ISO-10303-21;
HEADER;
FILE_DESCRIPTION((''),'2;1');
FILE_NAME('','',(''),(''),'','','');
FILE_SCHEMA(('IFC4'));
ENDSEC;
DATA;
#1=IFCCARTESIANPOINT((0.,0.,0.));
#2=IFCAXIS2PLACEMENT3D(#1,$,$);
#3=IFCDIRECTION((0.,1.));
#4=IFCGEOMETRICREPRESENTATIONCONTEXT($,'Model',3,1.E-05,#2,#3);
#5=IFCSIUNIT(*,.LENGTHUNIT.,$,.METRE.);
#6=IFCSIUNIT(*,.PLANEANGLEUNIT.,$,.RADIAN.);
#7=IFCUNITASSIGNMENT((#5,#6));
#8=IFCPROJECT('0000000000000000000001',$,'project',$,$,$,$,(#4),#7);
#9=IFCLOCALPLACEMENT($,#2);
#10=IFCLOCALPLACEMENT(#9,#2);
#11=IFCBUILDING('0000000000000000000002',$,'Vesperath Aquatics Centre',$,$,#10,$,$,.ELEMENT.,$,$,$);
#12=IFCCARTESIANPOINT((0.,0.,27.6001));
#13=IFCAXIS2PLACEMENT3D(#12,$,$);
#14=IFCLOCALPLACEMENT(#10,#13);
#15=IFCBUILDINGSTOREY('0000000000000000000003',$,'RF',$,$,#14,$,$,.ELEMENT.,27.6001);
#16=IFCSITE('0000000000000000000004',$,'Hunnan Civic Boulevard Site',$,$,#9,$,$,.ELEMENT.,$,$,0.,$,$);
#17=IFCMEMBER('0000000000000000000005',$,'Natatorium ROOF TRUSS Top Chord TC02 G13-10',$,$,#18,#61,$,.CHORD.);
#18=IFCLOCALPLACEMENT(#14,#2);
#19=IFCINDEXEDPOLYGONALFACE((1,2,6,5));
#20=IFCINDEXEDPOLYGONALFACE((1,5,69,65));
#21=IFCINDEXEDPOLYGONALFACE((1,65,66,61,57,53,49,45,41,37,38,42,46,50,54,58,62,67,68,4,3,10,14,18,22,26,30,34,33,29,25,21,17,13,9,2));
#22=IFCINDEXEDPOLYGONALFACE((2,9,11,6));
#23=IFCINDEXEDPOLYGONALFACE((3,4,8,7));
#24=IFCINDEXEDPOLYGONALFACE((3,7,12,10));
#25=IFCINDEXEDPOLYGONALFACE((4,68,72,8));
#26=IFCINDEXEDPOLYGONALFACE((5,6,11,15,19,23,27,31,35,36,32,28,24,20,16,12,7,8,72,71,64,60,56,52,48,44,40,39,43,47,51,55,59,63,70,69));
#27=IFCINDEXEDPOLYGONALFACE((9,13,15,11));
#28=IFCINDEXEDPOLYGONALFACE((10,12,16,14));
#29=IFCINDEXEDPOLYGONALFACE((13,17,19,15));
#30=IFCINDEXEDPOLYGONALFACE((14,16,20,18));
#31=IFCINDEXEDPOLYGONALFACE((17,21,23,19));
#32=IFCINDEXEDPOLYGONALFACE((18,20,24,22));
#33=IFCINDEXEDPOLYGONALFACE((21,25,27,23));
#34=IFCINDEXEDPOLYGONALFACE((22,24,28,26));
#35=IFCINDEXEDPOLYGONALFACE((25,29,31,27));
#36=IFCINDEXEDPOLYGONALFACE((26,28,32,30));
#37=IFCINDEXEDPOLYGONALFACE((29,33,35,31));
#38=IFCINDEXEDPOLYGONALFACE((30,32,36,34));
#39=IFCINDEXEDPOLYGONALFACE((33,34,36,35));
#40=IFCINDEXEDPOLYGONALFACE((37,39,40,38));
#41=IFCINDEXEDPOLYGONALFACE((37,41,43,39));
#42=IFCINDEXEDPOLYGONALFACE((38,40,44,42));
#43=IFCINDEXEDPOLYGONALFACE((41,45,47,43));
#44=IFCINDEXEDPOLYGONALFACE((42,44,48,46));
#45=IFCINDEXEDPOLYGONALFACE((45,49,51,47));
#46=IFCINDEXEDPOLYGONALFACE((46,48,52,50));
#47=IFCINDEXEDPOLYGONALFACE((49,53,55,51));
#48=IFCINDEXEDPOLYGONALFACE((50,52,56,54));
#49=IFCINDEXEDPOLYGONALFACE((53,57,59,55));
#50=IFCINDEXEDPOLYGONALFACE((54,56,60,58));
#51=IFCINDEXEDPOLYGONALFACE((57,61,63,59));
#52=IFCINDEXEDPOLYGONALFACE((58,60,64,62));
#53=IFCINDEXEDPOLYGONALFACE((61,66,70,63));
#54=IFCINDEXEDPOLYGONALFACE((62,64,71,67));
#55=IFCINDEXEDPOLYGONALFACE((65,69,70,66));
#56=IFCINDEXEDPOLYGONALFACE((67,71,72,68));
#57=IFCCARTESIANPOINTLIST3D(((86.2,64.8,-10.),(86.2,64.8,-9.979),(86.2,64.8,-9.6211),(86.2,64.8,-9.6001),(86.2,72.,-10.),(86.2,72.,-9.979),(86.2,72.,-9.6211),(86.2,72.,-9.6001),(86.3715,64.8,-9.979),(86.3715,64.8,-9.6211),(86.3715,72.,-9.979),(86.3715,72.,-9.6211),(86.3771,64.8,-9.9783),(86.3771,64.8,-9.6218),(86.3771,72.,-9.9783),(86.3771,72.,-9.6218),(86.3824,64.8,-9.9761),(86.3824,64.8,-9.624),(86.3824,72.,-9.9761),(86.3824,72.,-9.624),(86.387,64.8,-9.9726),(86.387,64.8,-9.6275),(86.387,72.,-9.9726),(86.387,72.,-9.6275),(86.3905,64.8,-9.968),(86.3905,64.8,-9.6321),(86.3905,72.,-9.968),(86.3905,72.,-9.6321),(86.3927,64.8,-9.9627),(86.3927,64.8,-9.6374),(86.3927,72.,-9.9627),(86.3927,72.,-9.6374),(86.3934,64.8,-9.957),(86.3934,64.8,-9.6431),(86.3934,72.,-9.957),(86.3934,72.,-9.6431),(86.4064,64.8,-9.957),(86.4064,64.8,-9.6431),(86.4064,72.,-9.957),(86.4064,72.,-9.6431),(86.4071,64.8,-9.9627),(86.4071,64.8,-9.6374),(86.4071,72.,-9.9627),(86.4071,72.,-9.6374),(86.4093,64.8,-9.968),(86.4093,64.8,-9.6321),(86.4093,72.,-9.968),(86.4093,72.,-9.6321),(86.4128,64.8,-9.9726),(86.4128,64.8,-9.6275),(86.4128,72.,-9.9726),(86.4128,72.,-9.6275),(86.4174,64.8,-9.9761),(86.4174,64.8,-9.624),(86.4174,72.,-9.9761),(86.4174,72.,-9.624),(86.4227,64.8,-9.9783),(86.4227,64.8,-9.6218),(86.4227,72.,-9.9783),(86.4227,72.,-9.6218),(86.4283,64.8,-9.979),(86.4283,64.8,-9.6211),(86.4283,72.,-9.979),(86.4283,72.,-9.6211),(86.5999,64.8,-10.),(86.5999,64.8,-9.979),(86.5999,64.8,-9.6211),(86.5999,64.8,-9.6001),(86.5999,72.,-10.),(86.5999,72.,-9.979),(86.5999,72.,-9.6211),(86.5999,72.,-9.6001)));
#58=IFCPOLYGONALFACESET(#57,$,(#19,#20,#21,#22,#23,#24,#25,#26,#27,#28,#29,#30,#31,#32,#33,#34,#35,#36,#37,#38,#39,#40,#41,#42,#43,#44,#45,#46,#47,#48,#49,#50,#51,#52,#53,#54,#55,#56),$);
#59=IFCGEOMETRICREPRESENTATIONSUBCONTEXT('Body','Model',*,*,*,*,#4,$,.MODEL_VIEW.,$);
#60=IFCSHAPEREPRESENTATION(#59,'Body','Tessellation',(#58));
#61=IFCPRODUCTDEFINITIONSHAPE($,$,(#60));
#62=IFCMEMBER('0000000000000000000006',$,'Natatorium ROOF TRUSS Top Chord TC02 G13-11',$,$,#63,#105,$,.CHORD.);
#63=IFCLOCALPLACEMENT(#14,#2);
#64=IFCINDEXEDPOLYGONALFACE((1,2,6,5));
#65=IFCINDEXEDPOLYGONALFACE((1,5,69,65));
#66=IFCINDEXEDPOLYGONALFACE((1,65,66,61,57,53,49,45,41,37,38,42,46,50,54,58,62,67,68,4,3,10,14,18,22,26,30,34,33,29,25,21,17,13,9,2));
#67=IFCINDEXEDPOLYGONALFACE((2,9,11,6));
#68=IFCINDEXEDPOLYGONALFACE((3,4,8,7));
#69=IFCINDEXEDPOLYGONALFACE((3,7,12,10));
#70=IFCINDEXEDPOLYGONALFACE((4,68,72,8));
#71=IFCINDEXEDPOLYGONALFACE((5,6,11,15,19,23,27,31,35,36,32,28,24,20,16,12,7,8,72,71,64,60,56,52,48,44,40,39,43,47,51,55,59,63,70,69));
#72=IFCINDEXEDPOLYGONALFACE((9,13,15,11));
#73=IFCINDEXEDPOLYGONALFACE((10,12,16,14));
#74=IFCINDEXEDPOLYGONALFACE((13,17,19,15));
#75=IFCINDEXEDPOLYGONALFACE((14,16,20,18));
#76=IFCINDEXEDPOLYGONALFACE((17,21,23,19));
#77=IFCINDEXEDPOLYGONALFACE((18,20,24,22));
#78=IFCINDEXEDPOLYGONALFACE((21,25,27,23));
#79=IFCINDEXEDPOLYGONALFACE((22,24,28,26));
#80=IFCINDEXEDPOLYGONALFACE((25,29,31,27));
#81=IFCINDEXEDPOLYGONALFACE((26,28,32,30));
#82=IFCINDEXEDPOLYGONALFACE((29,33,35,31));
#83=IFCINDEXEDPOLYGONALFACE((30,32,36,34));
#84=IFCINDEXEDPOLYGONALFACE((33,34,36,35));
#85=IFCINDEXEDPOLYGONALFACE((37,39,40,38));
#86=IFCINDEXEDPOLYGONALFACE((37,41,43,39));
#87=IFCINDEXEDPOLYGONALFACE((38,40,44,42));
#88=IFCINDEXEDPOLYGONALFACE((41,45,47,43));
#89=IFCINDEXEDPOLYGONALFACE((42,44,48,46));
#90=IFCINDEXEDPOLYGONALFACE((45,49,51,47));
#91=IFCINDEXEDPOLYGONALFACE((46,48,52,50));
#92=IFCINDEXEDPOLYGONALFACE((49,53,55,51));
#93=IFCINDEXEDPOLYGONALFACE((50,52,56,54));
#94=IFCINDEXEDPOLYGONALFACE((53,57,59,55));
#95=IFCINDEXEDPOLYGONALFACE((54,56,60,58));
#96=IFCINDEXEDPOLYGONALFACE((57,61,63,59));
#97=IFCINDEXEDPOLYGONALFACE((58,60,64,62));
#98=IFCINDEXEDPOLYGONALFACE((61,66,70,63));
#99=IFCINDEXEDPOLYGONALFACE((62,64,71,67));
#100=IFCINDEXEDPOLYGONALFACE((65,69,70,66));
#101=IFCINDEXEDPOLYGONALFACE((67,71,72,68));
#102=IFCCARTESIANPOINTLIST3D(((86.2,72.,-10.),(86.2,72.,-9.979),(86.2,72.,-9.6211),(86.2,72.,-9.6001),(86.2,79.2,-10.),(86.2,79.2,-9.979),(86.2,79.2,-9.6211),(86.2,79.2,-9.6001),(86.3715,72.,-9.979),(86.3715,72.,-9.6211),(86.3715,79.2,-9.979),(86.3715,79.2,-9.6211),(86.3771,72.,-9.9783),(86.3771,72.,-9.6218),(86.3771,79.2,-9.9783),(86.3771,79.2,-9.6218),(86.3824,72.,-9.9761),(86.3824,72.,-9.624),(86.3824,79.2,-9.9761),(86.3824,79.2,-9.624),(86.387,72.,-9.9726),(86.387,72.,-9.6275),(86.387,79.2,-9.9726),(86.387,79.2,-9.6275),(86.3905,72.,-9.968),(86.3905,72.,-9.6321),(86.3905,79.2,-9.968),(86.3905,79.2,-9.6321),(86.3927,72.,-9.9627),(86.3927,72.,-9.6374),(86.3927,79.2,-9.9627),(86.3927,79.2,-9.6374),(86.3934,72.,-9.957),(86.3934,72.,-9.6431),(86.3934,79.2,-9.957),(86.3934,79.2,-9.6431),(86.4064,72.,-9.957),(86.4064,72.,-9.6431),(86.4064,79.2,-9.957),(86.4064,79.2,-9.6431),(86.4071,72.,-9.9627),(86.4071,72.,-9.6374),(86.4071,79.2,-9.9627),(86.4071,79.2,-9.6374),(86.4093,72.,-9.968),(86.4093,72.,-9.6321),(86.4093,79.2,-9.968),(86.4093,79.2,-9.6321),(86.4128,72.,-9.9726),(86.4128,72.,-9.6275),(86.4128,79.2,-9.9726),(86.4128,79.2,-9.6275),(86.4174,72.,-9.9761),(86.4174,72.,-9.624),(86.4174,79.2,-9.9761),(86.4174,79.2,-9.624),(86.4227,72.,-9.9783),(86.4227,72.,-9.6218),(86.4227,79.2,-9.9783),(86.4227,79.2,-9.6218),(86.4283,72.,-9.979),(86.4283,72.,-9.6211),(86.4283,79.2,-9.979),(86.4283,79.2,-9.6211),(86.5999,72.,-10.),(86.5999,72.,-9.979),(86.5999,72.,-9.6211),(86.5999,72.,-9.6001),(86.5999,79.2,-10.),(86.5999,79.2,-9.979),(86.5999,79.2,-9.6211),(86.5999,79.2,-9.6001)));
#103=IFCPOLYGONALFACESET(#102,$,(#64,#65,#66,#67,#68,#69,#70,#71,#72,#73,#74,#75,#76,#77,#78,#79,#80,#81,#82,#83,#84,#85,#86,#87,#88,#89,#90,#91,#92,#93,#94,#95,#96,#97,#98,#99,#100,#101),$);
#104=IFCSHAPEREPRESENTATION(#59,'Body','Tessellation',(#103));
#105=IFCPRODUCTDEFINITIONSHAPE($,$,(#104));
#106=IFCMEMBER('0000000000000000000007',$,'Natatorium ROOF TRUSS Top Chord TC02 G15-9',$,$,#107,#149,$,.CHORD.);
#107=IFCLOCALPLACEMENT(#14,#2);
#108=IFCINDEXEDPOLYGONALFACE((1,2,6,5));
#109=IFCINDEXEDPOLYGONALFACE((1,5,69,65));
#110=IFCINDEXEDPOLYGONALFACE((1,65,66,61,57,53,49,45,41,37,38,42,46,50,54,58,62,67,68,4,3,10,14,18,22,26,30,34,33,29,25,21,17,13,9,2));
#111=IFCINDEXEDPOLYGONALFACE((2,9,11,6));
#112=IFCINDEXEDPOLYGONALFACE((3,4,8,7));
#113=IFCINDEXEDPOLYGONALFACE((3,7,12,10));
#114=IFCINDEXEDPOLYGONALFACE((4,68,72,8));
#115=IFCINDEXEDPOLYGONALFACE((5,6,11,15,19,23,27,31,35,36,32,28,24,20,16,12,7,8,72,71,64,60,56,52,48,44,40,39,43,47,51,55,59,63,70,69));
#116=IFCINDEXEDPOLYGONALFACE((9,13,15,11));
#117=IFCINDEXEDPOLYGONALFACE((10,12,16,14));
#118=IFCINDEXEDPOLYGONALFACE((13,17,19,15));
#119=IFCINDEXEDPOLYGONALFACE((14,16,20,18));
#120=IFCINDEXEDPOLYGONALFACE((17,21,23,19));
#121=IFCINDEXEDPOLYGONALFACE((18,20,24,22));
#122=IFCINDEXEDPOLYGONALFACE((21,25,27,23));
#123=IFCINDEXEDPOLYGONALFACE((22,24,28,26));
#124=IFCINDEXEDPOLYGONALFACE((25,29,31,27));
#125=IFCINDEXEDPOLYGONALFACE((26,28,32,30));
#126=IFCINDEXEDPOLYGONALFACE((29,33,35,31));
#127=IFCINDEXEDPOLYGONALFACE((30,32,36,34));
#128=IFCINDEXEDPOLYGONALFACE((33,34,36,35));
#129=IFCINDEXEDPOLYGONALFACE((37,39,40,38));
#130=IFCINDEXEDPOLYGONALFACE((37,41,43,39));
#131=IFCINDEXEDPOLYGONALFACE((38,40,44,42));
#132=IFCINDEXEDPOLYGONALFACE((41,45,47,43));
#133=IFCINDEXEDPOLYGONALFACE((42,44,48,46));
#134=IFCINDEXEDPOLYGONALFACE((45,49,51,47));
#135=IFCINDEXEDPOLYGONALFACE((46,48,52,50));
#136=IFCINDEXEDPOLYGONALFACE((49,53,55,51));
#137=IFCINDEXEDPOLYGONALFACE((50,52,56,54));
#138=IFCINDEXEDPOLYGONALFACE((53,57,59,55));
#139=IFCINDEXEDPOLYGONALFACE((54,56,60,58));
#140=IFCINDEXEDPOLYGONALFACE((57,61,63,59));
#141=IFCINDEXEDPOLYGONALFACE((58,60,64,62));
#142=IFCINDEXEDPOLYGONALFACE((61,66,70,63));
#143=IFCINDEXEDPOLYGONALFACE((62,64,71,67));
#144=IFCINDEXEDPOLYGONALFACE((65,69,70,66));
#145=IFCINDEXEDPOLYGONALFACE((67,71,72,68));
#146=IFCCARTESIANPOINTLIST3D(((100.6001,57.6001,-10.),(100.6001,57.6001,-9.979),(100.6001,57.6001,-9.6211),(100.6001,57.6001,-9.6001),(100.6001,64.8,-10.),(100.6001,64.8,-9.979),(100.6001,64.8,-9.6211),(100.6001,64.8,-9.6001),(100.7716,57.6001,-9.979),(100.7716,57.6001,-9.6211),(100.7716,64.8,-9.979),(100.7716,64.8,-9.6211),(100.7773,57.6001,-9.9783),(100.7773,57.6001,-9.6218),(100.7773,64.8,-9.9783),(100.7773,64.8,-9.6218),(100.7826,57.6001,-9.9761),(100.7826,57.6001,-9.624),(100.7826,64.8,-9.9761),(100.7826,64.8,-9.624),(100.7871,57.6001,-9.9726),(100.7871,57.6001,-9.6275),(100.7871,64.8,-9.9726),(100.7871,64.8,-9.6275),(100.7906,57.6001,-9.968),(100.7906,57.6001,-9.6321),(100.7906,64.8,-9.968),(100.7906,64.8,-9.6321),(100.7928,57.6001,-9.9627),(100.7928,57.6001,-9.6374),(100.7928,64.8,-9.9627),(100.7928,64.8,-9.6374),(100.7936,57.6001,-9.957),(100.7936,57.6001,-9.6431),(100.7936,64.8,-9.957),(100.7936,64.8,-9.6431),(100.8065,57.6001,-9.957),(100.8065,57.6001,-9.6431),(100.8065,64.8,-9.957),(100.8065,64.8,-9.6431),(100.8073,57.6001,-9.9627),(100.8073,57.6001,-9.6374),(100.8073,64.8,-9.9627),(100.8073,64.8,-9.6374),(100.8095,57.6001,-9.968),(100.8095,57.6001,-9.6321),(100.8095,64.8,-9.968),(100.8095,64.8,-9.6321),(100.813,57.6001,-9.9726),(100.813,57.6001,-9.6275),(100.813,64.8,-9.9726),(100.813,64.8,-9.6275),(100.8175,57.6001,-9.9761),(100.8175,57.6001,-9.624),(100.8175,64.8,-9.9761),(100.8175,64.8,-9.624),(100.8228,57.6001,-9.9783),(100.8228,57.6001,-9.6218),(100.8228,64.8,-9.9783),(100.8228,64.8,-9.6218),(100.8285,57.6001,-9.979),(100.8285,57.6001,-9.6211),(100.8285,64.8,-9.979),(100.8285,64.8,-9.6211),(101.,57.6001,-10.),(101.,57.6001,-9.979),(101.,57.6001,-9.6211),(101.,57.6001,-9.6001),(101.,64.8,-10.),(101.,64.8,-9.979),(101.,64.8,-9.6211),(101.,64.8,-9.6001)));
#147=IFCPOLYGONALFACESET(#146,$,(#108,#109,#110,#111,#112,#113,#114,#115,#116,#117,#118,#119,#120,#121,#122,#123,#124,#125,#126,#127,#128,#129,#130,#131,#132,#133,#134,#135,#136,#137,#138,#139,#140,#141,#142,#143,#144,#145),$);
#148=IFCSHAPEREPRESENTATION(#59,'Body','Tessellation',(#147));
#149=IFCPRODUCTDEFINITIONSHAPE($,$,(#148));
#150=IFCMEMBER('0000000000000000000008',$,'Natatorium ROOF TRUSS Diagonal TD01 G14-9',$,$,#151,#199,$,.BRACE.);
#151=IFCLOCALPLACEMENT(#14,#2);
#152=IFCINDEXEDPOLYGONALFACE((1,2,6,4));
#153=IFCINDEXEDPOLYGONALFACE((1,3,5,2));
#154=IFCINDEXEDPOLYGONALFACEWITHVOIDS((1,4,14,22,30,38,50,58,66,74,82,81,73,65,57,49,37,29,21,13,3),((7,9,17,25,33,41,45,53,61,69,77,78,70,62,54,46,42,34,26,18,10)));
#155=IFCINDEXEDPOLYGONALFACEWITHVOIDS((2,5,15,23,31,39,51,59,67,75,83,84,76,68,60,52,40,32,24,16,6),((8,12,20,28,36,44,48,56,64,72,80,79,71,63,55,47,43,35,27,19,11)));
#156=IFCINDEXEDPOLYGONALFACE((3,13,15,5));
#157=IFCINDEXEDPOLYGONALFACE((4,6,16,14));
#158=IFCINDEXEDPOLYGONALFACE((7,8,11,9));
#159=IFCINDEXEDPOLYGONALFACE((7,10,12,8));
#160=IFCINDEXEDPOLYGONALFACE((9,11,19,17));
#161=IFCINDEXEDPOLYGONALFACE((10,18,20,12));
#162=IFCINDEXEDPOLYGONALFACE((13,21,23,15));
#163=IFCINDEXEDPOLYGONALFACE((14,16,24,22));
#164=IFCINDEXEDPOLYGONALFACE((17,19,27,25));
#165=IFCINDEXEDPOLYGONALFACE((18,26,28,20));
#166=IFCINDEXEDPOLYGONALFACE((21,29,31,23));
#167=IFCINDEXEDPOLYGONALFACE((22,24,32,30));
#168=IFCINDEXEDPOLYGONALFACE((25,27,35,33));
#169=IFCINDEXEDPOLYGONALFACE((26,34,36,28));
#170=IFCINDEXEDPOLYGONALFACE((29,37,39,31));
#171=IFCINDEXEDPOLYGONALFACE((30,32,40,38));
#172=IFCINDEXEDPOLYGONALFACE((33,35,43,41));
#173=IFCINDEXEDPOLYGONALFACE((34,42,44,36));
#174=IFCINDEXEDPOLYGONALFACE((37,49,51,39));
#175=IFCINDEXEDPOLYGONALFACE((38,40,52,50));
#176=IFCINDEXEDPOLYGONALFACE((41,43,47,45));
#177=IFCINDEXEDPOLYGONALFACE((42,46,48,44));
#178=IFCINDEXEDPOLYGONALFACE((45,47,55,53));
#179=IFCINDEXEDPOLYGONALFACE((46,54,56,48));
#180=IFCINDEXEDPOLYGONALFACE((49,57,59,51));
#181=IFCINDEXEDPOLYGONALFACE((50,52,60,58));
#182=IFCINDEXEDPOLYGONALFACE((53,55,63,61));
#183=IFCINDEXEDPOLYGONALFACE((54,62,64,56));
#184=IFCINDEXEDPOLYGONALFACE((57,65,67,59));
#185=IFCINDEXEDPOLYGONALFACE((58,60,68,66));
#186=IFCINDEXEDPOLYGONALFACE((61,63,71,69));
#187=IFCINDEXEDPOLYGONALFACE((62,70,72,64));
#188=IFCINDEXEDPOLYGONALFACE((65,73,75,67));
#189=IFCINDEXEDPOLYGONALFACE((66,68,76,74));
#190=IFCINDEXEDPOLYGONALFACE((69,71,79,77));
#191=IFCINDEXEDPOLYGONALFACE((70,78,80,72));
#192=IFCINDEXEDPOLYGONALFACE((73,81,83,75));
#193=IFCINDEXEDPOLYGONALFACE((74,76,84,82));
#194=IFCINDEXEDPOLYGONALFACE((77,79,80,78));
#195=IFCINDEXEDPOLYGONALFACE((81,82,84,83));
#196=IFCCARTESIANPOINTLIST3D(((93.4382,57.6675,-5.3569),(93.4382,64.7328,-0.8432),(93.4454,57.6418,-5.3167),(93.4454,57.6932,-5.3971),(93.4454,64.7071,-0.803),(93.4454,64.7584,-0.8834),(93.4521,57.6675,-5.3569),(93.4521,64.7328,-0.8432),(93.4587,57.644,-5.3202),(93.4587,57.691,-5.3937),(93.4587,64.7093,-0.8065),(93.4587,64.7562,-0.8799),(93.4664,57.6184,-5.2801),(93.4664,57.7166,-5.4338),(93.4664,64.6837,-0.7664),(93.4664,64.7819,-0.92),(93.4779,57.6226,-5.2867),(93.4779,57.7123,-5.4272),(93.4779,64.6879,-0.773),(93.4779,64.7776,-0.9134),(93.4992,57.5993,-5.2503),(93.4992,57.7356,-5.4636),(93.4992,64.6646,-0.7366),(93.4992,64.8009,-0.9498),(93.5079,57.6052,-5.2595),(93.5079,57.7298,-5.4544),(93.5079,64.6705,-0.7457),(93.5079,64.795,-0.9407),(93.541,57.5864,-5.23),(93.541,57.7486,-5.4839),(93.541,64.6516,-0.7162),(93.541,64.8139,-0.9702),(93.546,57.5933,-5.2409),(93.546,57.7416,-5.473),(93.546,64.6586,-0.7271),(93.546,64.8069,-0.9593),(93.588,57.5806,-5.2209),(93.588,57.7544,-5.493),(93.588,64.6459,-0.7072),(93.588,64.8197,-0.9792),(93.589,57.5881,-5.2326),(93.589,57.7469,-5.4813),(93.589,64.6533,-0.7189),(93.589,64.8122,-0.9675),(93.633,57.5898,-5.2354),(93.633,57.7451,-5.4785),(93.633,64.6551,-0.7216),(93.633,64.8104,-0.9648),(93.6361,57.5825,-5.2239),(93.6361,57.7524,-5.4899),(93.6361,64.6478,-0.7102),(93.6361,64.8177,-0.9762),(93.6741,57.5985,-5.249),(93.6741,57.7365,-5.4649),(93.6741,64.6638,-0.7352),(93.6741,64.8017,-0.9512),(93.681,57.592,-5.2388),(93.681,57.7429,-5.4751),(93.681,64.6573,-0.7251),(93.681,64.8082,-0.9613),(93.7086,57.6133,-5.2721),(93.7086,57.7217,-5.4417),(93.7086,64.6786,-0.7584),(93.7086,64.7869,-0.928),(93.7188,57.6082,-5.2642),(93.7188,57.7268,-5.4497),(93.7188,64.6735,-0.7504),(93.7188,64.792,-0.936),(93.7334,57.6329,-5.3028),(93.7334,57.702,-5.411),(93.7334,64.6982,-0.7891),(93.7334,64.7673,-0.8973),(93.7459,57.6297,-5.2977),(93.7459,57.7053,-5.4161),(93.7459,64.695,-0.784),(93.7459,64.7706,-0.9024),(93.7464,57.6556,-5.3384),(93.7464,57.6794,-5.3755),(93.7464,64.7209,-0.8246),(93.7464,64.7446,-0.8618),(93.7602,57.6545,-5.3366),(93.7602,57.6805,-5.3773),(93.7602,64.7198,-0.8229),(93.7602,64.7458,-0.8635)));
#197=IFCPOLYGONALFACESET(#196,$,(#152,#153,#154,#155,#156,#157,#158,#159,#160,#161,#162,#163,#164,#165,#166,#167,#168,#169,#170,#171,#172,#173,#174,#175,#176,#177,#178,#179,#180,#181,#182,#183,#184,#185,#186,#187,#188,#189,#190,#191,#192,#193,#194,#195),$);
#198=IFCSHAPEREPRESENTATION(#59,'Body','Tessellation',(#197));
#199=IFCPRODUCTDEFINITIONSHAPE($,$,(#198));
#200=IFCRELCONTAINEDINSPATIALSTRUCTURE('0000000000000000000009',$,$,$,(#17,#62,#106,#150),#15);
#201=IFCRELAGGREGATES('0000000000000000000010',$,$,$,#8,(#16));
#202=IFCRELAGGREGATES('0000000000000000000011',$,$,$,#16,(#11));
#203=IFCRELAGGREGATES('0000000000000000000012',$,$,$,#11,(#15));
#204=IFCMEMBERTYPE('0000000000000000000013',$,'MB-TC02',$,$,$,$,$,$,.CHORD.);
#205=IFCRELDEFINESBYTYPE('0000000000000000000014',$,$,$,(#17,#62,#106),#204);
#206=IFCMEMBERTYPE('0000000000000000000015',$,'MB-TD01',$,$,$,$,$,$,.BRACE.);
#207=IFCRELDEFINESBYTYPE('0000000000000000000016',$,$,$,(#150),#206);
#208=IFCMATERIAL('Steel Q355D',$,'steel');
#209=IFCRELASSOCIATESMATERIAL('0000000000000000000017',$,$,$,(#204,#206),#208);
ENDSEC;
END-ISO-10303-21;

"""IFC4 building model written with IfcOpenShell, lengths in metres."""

from ifc_helpers import new_model, si_unit, direction, frame, origin, origin_2d, place, context, subcontext, project, spatial, hollow_circle, i_section, extrude, material, material_profile, profile_set, type_object, element, save


model = new_model("IFC4")

# Units and contexts
model_context = context("Model", 3, precision=1e-05, world=origin(), true_north=direction((0.0, 1.0)))
body_context = subcontext(model_context, "Body", "Model", "MODEL_VIEW")
ifc_project = project(units=[si_unit("LENGTHUNIT", "METRE"), si_unit("PLANEANGLEUNIT", "RADIAN")], contexts=[model_context])

# Site, building, storey
site_placement = place(None, origin())
site = spatial("IfcSite", under=ifc_project, at=site_placement, Name="Hunnan Civic Boulevard Site", CompositionType="ELEMENT", RefElevation=0.0)
building_placement = place(site_placement, origin())
building = spatial("IfcBuilding", under=site, at=building_placement, Name="Vesperath Aquatics Centre", CompositionType="ELEMENT")
storey_placement = place(building_placement, frame((0.0, 0.0, 27.6001)))
storey = spatial("IfcBuildingStorey", under=building, at=storey_placement, Name="RF", CompositionType="ELEMENT", Elevation=27.6001)

# Shared definitions
ifc_material_1 = material(Name="Steel Q355D", Category="steel")

# Members
ifc_material_profile_1 = material_profile(ifc_material_1, i_section(OverallWidth=0.3999, OverallDepth=0.3999, WebThickness=0.0129, FlangeThickness=0.021, FilletRadius=0.022, at=origin_2d()), Name="HW 400x400x13x21")
ifc_profile_set_1 = profile_set([ifc_material_profile_1], Name="Steel Q355D")
member_type_1 = type_object("IfcMemberType", Name="MB-TC02", PredefinedType="CHORD", material=ifc_profile_set_1)
for number, where, z_axis, x_axis, name in (
    (1, (86.3999, 64.8, -9.8), (0.0, 1.0, 0.0), (-1.0, 0.0, 0.0), "Natatorium ROOF TRUSS Top Chord TC02 G13-10"),
    (2, (86.3999, 72.0, -9.8), (0.0, 1.0, 0.0), (-1.0, 0.0, 0.0), "Natatorium ROOF TRUSS Top Chord TC02 G13-11"),
    (3, (100.8, 57.6001, -9.8), (0.0, 1.0, 0.0), (-1.0, 0.0, 0.0), "Natatorium ROOF TRUSS Top Chord TC02 G15-9"),
):
    element("IfcMember", number, at=place(storey_placement, frame(where, z_axis=z_axis, x_axis=x_axis)), inside=storey, type_object=member_type_1, Name=name, PredefinedType="CHORD", context=body_context, shape_type="SweptSolid", body=[
        extrude(i_section(OverallWidth=0.3999, OverallDepth=0.3999, WebThickness=0.0129, FlangeThickness=0.021, FilletRadius=0.022, at=origin_2d()), origin(), (0.0, 0.0, 1.0), 7.2),
    ])
ifc_material_profile_2 = material_profile(ifc_material_1, hollow_circle(Radius=0.1619, WallThickness=0.0139, at=origin_2d()), Name="CHS 323.9x14")
ifc_profile_set_2 = profile_set([ifc_material_profile_2], Name="Steel Q355D")
member_type_2 = type_object("IfcMemberType", Name="MB-TD01", PredefinedType="BRACE", material=ifc_profile_set_2)
for number, where, z_axis, x_axis, name in (
    (4, (93.6001, 57.6675, -5.3569), (0.0, 0.842707, 0.538373), (-1.0, 0.0, 0.0), "Natatorium ROOF TRUSS Diagonal TD01 G14-9"),
):
    element("IfcMember", number, at=place(storey_placement, frame(where, z_axis=z_axis, x_axis=x_axis)), inside=storey, type_object=member_type_2, Name=name, PredefinedType="BRACE", context=body_context, shape_type="SweptSolid", body=[
        extrude(hollow_circle(Radius=0.1619, WallThickness=0.0139, at=origin_2d()), origin(), (0.0, 0.0, 1.0), 8.384),
    ])

save(model, "model.ifc")
